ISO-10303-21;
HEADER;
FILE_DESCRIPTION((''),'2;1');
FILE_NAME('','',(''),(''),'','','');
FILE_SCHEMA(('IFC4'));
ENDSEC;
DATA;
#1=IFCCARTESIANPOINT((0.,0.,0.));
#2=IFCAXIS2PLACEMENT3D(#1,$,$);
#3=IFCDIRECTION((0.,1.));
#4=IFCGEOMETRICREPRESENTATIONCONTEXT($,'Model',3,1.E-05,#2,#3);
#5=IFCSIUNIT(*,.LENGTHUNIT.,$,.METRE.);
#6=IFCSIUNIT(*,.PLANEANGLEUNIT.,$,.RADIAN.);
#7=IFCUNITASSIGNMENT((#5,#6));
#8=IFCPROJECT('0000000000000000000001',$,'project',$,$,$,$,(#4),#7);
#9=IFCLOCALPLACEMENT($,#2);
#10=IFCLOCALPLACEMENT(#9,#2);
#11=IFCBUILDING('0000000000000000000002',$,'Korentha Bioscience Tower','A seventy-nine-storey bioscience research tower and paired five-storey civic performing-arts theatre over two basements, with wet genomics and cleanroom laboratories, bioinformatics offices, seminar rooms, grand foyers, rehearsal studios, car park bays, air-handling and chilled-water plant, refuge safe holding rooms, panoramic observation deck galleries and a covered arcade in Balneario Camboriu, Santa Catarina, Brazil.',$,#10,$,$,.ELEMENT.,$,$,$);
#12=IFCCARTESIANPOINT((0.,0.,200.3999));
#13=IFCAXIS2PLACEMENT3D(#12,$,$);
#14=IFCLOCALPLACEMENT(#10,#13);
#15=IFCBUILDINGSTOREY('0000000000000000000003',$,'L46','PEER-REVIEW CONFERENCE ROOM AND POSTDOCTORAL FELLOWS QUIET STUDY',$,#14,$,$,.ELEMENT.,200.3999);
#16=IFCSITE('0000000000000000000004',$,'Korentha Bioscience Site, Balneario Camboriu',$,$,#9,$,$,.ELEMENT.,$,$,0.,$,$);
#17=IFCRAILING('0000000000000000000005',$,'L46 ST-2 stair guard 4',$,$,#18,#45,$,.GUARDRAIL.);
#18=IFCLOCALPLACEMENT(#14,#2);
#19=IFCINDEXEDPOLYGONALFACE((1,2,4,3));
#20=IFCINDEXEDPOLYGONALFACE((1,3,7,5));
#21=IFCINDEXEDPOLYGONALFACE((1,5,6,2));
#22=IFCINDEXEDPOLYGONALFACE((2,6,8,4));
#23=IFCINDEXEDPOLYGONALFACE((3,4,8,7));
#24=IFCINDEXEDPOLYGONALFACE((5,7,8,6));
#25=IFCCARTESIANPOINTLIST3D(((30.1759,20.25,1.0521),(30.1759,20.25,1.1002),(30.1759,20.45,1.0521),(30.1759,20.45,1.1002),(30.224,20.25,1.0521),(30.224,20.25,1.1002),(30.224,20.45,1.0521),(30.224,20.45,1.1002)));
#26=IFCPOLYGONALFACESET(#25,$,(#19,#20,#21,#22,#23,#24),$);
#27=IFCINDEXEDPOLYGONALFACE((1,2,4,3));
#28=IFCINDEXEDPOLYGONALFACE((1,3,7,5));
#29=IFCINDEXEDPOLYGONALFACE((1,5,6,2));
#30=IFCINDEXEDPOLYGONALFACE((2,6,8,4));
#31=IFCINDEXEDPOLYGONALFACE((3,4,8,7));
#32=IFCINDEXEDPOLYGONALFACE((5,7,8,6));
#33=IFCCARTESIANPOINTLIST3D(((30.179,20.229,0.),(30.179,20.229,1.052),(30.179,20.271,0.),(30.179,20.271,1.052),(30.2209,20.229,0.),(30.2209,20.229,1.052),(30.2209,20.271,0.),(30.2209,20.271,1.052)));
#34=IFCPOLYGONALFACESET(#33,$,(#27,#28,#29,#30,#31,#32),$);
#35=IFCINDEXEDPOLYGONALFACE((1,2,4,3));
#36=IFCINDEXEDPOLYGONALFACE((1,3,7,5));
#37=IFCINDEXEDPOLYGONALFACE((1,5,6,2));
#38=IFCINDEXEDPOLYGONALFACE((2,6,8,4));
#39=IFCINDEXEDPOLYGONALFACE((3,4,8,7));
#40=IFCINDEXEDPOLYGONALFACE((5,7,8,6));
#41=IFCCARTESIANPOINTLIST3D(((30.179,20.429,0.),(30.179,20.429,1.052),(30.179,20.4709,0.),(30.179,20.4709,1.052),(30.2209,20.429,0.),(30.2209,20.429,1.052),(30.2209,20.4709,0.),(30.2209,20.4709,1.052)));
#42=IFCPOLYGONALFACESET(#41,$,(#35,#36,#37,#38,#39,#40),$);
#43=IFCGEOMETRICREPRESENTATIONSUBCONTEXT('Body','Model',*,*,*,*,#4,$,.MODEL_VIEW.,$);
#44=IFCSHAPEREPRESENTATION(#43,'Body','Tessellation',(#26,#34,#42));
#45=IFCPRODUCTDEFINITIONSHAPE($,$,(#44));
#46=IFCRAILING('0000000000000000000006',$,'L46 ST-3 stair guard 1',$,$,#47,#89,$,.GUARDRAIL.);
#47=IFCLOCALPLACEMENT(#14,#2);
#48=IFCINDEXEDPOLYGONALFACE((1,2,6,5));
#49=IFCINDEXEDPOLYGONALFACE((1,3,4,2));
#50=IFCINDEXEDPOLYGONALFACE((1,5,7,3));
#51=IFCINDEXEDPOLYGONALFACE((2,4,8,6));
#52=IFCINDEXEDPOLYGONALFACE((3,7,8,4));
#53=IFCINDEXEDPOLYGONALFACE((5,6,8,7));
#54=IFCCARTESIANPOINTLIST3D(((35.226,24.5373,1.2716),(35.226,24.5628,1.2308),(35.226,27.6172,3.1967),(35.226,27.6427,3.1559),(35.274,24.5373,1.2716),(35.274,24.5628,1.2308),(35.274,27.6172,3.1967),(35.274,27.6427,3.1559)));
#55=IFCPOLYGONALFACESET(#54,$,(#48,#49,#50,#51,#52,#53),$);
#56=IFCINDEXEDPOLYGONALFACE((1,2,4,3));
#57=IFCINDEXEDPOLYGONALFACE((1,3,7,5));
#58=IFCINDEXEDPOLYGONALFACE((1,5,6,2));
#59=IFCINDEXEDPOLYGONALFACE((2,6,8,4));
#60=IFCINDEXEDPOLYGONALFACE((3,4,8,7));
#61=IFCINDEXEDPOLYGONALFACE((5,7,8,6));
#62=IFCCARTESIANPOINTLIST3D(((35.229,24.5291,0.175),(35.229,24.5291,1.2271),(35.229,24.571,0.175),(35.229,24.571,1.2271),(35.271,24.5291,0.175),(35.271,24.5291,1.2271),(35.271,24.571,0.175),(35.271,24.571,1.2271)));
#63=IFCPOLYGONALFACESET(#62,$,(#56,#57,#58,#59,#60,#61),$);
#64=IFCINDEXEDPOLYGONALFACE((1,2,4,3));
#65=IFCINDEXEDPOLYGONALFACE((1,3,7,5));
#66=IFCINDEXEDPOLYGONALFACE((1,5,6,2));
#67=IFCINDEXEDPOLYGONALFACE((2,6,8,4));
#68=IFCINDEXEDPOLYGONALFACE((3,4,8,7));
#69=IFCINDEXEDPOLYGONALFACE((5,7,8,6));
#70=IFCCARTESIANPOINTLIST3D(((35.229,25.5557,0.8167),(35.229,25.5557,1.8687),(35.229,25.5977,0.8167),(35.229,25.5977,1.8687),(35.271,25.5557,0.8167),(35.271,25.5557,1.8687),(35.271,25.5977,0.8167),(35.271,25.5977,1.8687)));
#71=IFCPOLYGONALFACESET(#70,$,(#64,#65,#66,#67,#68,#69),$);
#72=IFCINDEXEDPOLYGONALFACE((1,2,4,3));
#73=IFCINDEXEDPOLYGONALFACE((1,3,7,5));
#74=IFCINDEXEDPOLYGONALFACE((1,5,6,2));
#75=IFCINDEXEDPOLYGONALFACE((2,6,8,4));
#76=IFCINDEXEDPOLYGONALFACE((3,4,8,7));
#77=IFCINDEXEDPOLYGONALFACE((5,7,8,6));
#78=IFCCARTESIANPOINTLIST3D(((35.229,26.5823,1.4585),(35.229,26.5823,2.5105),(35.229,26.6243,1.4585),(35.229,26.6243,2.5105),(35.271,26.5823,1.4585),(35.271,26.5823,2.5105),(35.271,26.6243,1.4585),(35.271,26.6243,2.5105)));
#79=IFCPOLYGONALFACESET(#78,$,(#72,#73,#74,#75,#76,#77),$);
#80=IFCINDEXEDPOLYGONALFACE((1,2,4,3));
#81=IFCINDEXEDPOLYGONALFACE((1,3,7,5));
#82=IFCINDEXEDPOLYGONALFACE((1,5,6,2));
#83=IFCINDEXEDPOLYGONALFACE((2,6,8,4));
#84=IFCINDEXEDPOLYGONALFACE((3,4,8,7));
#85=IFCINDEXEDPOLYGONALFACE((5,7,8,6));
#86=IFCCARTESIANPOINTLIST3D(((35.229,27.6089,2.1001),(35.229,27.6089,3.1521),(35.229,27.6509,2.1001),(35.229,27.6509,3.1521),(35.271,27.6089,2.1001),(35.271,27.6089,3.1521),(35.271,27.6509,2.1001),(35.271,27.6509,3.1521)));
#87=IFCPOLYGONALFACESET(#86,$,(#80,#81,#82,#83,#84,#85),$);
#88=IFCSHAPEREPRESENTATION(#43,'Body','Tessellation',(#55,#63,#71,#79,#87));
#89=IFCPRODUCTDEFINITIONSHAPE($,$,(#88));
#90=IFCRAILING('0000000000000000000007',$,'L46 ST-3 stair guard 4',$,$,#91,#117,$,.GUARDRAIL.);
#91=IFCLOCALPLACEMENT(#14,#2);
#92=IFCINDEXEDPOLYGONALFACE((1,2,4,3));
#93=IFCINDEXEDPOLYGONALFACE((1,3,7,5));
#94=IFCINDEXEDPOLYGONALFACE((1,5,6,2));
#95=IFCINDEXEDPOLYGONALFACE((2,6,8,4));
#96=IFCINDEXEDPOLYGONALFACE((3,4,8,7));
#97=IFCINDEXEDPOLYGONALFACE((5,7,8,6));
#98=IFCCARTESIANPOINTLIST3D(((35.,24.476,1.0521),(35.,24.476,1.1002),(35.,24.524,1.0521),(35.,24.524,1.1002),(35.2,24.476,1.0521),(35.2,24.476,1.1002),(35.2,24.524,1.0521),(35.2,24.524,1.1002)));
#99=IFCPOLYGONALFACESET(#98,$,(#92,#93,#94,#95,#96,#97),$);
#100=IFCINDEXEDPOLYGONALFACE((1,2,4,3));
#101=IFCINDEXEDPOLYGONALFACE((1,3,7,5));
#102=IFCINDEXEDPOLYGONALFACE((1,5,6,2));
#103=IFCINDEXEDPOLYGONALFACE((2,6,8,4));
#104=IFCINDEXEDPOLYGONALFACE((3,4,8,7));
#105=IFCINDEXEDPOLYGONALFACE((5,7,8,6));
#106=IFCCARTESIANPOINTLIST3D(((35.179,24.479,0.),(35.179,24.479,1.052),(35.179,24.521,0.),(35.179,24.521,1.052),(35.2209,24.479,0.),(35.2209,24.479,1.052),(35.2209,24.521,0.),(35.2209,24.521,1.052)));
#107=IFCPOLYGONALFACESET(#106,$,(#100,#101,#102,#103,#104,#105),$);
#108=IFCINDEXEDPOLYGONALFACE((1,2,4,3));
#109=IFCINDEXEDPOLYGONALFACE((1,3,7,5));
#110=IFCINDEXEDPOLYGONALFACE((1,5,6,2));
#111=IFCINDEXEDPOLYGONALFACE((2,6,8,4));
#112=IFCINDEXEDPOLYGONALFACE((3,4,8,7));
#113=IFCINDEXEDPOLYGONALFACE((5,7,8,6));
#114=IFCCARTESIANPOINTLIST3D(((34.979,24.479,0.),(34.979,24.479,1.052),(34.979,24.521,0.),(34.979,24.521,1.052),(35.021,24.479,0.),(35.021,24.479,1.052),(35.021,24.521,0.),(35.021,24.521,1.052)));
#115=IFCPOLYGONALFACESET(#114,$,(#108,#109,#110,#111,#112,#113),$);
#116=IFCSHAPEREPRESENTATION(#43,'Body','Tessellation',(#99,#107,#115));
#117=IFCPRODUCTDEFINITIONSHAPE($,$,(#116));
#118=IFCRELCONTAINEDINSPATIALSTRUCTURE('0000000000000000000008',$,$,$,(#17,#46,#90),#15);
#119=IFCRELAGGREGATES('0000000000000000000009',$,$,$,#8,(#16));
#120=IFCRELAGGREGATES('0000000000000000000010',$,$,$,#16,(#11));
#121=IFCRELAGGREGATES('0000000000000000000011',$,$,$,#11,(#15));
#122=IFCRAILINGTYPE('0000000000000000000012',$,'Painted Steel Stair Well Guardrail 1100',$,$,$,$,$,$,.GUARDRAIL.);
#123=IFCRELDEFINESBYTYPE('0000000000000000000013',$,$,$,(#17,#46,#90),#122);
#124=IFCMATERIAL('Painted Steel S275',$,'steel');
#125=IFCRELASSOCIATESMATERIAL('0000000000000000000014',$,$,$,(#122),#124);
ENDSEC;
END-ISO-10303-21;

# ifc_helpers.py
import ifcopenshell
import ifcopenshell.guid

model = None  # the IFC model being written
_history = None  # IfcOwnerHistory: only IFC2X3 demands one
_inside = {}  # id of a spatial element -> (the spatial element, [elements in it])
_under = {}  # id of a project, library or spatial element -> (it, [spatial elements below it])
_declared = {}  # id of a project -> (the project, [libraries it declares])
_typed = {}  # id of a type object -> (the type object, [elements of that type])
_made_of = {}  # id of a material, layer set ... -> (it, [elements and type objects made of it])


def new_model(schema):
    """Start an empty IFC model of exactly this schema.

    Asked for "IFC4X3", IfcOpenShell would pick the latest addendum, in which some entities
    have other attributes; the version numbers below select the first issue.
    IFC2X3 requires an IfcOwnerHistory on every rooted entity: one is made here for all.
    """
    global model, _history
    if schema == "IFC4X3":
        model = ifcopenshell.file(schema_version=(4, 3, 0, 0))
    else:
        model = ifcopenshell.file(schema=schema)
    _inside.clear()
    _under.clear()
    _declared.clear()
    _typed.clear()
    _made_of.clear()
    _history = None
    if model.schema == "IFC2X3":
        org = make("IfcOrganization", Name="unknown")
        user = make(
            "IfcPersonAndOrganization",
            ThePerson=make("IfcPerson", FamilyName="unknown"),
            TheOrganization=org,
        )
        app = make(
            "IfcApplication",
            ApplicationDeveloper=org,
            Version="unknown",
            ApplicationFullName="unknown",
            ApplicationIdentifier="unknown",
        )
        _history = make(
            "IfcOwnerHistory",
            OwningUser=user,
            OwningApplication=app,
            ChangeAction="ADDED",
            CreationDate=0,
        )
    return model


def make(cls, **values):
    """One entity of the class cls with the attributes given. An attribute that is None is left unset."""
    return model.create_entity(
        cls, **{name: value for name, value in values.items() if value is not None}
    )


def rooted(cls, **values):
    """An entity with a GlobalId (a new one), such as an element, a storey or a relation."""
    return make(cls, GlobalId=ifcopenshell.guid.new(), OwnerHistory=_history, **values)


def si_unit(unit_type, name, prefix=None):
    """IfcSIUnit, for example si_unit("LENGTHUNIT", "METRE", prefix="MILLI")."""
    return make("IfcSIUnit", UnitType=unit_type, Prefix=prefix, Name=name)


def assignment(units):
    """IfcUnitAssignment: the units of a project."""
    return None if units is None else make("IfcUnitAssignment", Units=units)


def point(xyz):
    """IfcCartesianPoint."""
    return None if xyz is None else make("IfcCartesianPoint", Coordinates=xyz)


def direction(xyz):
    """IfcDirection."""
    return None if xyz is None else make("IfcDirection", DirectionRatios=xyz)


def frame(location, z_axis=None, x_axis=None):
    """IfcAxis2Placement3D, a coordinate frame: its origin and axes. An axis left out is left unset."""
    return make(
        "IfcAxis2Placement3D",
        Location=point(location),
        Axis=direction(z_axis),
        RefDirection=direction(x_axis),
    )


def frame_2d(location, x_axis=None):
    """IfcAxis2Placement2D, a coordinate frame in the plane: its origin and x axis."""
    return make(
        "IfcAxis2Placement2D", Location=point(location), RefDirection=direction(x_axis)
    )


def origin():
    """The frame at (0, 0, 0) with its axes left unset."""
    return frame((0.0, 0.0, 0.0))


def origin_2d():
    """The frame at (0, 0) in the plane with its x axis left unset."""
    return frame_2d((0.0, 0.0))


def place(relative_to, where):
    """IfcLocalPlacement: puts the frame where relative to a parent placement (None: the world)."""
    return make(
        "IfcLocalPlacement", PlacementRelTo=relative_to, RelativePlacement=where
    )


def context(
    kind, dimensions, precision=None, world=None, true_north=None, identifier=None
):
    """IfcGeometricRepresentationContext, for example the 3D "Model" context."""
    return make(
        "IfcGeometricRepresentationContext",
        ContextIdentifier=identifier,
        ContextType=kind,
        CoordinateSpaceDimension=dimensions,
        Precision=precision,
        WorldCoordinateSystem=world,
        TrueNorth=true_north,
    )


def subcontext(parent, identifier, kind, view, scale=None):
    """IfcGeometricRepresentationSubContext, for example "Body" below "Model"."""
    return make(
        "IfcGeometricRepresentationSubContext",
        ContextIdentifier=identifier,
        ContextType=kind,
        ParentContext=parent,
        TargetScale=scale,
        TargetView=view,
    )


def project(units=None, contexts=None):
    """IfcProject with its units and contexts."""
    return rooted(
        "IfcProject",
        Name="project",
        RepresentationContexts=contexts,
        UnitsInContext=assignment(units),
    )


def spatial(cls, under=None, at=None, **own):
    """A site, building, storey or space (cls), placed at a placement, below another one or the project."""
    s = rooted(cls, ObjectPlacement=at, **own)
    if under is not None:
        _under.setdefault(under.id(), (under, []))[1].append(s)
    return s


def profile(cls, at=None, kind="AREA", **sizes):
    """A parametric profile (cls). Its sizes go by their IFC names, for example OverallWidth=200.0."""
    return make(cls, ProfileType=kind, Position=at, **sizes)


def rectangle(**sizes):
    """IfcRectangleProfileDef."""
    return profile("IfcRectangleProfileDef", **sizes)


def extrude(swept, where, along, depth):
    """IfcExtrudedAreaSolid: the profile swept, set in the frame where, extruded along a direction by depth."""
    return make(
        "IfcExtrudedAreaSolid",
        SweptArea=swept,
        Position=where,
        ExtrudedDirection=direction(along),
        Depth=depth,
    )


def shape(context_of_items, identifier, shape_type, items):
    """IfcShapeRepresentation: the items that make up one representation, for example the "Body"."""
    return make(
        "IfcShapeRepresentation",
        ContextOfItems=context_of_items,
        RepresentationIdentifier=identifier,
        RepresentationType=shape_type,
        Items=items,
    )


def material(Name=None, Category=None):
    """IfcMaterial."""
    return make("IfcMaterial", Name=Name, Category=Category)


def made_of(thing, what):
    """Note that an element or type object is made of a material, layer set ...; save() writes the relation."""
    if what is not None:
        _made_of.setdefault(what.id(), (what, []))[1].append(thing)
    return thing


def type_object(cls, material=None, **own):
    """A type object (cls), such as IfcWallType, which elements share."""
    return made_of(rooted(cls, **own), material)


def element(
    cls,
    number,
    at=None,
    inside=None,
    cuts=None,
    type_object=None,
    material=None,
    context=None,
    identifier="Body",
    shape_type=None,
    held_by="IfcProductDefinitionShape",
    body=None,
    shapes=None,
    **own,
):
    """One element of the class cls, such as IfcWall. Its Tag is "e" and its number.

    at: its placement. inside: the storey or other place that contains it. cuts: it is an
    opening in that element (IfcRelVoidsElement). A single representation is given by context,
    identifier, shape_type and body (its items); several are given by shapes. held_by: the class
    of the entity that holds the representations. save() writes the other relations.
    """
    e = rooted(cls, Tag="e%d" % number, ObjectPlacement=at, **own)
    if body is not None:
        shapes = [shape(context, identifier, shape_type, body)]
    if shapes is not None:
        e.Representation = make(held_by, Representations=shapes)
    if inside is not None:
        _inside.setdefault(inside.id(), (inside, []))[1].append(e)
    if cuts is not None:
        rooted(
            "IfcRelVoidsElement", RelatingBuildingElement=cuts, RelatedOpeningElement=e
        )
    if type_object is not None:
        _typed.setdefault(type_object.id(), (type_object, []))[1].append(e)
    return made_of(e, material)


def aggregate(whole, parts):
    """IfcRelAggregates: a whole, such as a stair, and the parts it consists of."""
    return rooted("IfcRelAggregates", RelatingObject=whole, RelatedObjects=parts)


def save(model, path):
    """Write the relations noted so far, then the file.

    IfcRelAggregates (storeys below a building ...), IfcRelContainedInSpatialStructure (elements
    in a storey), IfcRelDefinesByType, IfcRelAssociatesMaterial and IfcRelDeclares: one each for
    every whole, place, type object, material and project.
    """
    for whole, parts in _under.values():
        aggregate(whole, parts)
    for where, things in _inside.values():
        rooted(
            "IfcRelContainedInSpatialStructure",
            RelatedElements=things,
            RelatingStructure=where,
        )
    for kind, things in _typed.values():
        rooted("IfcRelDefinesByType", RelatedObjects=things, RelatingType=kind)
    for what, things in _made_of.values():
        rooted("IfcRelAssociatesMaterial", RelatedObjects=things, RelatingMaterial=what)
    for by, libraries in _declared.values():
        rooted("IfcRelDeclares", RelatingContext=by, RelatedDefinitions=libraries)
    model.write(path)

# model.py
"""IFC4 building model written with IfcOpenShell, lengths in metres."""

from ifc_helpers import new_model, si_unit, direction, frame, origin, origin_2d, place, context, subcontext, project, spatial, rectangle, extrude, material, type_object, element, save


model = new_model("IFC4")

# Units and contexts
model_context = context("Model", 3, precision=1e-05, world=origin(), true_north=direction((0.0, 1.0)))
body_context = subcontext(model_context, "Body", "Model", "MODEL_VIEW")
ifc_project = project(units=[si_unit("LENGTHUNIT", "METRE"), si_unit("PLANEANGLEUNIT", "RADIAN")], contexts=[model_context])

# Site, building, storey
site_placement = place(None, origin())
site = spatial("IfcSite", under=ifc_project, at=site_placement, Name="Korentha Bioscience Site, Balneario Camboriu", CompositionType="ELEMENT", RefElevation=0.0)
building_placement = place(site_placement, origin())
building = spatial("IfcBuilding", under=site, at=building_placement, Name="Korentha Bioscience Tower", Description="A seventy-nine-storey bioscience research tower and paired five-storey civic performing-arts theatre over two basements, with wet genomics and cleanroom laboratories, bioinformatics offices, seminar rooms, grand foyers, rehearsal studios, car park bays, air-handling and chilled-water plant, refuge safe holding rooms, panoramic observation deck galleries and a covered arcade in Balneario Camboriu, Santa Catarina, Brazil.", CompositionType="ELEMENT")
storey_placement = place(building_placement, frame((0.0, 0.0, 200.3999)))
storey = spatial("IfcBuildingStorey", under=building, at=storey_placement, Name="L46", Description="PEER-REVIEW CONFERENCE ROOM AND POSTDOCTORAL FELLOWS QUIET STUDY", CompositionType="ELEMENT", Elevation=200.3999)

# Railings
ifc_material_1 = material(Name="Painted Steel S275", Category="steel")
railing_type_1 = type_object("IfcRailingType", Name="Painted Steel Stair Well Guardrail 1100", PredefinedType="GUARDRAIL", material=ifc_material_1)
railing_1_placement = place(storey_placement, frame((30.2, 20.25, 0.0)))
element("IfcRailing", 1, at=railing_1_placement, inside=storey, type_object=railing_type_1, Name="L46 ST-2 stair guard 4", PredefinedType="GUARDRAIL", context=body_context, shape_type="SweptSolid", body=[
    extrude(rectangle(XDim=0.0481, YDim=0.0481, at=origin_2d()), frame((0.0, 0.0, 1.0762), z_axis=(0.0, 1.0, 0.0), x_axis=(-1.0, 0.0, 0.0)), (0.0, 0.0, 1.0), 0.2),
    extrude(rectangle(XDim=0.042, YDim=0.042, at=origin_2d()), origin(), (0.0, 0.0, 1.0), 1.052),
    extrude(rectangle(XDim=0.042, YDim=0.042, at=origin_2d()), frame((0.0, 0.2, 0.0)), (0.0, 0.0, 1.0), 1.052),
])
railing_2_placement = place(storey_placement, frame((35.25, 24.55, 0.175)))
element("IfcRailing", 2, at=railing_2_placement, inside=storey, type_object=railing_type_1, Name="L46 ST-3 stair guard 1", PredefinedType="GUARDRAIL", context=body_context, shape_type="SweptSolid", body=[
    extrude(rectangle(XDim=0.0481, YDim=0.0481, at=origin_2d()), frame((0.0, 0.0, 1.0762), z_axis=(0.0, 0.847979, 0.530029), x_axis=(-1.0, 0.0, 0.0)), (0.0, 0.0, 1.0), 3.6321),
    extrude(rectangle(XDim=0.042, YDim=0.042, at=origin_2d()), origin(), (0.0, 0.0, 1.0), 1.052),
    extrude(rectangle(XDim=0.042, YDim=0.042, at=origin_2d()), frame((0.0, 1.0266, 0.6416)), (0.0, 0.0, 1.0), 1.052),
    extrude(rectangle(XDim=0.042, YDim=0.042, at=origin_2d()), frame((0.0, 2.0532, 1.2834)), (0.0, 0.0, 1.0), 1.052),
    extrude(rectangle(XDim=0.042, YDim=0.042, at=origin_2d()), frame((0.0, 3.0798, 1.925)), (0.0, 0.0, 1.0), 1.052),
])
railing_3_placement = place(storey_placement, frame((35.2, 24.5, 0.0)))
element("IfcRailing", 3, at=railing_3_placement, inside=storey, type_object=railing_type_1, Name="L46 ST-3 stair guard 4", PredefinedType="GUARDRAIL", context=body_context, shape_type="SweptSolid", body=[
    extrude(rectangle(XDim=0.0481, YDim=0.0481, at=origin_2d()), frame((0.0, 0.0, 1.0762), z_axis=(-1.0, 0.0, 0.0), x_axis=(0.0, -1.0, 0.0)), (0.0, 0.0, 1.0), 0.2),
    extrude(rectangle(XDim=0.042, YDim=0.042, at=origin_2d()), origin(), (0.0, 0.0, 1.0), 1.052),
    extrude(rectangle(XDim=0.042, YDim=0.042, at=origin_2d()), frame((-0.2, 0.0, 0.0)), (0.0, 0.0, 1.0), 1.052),
])

save(model, "model.ifc")
